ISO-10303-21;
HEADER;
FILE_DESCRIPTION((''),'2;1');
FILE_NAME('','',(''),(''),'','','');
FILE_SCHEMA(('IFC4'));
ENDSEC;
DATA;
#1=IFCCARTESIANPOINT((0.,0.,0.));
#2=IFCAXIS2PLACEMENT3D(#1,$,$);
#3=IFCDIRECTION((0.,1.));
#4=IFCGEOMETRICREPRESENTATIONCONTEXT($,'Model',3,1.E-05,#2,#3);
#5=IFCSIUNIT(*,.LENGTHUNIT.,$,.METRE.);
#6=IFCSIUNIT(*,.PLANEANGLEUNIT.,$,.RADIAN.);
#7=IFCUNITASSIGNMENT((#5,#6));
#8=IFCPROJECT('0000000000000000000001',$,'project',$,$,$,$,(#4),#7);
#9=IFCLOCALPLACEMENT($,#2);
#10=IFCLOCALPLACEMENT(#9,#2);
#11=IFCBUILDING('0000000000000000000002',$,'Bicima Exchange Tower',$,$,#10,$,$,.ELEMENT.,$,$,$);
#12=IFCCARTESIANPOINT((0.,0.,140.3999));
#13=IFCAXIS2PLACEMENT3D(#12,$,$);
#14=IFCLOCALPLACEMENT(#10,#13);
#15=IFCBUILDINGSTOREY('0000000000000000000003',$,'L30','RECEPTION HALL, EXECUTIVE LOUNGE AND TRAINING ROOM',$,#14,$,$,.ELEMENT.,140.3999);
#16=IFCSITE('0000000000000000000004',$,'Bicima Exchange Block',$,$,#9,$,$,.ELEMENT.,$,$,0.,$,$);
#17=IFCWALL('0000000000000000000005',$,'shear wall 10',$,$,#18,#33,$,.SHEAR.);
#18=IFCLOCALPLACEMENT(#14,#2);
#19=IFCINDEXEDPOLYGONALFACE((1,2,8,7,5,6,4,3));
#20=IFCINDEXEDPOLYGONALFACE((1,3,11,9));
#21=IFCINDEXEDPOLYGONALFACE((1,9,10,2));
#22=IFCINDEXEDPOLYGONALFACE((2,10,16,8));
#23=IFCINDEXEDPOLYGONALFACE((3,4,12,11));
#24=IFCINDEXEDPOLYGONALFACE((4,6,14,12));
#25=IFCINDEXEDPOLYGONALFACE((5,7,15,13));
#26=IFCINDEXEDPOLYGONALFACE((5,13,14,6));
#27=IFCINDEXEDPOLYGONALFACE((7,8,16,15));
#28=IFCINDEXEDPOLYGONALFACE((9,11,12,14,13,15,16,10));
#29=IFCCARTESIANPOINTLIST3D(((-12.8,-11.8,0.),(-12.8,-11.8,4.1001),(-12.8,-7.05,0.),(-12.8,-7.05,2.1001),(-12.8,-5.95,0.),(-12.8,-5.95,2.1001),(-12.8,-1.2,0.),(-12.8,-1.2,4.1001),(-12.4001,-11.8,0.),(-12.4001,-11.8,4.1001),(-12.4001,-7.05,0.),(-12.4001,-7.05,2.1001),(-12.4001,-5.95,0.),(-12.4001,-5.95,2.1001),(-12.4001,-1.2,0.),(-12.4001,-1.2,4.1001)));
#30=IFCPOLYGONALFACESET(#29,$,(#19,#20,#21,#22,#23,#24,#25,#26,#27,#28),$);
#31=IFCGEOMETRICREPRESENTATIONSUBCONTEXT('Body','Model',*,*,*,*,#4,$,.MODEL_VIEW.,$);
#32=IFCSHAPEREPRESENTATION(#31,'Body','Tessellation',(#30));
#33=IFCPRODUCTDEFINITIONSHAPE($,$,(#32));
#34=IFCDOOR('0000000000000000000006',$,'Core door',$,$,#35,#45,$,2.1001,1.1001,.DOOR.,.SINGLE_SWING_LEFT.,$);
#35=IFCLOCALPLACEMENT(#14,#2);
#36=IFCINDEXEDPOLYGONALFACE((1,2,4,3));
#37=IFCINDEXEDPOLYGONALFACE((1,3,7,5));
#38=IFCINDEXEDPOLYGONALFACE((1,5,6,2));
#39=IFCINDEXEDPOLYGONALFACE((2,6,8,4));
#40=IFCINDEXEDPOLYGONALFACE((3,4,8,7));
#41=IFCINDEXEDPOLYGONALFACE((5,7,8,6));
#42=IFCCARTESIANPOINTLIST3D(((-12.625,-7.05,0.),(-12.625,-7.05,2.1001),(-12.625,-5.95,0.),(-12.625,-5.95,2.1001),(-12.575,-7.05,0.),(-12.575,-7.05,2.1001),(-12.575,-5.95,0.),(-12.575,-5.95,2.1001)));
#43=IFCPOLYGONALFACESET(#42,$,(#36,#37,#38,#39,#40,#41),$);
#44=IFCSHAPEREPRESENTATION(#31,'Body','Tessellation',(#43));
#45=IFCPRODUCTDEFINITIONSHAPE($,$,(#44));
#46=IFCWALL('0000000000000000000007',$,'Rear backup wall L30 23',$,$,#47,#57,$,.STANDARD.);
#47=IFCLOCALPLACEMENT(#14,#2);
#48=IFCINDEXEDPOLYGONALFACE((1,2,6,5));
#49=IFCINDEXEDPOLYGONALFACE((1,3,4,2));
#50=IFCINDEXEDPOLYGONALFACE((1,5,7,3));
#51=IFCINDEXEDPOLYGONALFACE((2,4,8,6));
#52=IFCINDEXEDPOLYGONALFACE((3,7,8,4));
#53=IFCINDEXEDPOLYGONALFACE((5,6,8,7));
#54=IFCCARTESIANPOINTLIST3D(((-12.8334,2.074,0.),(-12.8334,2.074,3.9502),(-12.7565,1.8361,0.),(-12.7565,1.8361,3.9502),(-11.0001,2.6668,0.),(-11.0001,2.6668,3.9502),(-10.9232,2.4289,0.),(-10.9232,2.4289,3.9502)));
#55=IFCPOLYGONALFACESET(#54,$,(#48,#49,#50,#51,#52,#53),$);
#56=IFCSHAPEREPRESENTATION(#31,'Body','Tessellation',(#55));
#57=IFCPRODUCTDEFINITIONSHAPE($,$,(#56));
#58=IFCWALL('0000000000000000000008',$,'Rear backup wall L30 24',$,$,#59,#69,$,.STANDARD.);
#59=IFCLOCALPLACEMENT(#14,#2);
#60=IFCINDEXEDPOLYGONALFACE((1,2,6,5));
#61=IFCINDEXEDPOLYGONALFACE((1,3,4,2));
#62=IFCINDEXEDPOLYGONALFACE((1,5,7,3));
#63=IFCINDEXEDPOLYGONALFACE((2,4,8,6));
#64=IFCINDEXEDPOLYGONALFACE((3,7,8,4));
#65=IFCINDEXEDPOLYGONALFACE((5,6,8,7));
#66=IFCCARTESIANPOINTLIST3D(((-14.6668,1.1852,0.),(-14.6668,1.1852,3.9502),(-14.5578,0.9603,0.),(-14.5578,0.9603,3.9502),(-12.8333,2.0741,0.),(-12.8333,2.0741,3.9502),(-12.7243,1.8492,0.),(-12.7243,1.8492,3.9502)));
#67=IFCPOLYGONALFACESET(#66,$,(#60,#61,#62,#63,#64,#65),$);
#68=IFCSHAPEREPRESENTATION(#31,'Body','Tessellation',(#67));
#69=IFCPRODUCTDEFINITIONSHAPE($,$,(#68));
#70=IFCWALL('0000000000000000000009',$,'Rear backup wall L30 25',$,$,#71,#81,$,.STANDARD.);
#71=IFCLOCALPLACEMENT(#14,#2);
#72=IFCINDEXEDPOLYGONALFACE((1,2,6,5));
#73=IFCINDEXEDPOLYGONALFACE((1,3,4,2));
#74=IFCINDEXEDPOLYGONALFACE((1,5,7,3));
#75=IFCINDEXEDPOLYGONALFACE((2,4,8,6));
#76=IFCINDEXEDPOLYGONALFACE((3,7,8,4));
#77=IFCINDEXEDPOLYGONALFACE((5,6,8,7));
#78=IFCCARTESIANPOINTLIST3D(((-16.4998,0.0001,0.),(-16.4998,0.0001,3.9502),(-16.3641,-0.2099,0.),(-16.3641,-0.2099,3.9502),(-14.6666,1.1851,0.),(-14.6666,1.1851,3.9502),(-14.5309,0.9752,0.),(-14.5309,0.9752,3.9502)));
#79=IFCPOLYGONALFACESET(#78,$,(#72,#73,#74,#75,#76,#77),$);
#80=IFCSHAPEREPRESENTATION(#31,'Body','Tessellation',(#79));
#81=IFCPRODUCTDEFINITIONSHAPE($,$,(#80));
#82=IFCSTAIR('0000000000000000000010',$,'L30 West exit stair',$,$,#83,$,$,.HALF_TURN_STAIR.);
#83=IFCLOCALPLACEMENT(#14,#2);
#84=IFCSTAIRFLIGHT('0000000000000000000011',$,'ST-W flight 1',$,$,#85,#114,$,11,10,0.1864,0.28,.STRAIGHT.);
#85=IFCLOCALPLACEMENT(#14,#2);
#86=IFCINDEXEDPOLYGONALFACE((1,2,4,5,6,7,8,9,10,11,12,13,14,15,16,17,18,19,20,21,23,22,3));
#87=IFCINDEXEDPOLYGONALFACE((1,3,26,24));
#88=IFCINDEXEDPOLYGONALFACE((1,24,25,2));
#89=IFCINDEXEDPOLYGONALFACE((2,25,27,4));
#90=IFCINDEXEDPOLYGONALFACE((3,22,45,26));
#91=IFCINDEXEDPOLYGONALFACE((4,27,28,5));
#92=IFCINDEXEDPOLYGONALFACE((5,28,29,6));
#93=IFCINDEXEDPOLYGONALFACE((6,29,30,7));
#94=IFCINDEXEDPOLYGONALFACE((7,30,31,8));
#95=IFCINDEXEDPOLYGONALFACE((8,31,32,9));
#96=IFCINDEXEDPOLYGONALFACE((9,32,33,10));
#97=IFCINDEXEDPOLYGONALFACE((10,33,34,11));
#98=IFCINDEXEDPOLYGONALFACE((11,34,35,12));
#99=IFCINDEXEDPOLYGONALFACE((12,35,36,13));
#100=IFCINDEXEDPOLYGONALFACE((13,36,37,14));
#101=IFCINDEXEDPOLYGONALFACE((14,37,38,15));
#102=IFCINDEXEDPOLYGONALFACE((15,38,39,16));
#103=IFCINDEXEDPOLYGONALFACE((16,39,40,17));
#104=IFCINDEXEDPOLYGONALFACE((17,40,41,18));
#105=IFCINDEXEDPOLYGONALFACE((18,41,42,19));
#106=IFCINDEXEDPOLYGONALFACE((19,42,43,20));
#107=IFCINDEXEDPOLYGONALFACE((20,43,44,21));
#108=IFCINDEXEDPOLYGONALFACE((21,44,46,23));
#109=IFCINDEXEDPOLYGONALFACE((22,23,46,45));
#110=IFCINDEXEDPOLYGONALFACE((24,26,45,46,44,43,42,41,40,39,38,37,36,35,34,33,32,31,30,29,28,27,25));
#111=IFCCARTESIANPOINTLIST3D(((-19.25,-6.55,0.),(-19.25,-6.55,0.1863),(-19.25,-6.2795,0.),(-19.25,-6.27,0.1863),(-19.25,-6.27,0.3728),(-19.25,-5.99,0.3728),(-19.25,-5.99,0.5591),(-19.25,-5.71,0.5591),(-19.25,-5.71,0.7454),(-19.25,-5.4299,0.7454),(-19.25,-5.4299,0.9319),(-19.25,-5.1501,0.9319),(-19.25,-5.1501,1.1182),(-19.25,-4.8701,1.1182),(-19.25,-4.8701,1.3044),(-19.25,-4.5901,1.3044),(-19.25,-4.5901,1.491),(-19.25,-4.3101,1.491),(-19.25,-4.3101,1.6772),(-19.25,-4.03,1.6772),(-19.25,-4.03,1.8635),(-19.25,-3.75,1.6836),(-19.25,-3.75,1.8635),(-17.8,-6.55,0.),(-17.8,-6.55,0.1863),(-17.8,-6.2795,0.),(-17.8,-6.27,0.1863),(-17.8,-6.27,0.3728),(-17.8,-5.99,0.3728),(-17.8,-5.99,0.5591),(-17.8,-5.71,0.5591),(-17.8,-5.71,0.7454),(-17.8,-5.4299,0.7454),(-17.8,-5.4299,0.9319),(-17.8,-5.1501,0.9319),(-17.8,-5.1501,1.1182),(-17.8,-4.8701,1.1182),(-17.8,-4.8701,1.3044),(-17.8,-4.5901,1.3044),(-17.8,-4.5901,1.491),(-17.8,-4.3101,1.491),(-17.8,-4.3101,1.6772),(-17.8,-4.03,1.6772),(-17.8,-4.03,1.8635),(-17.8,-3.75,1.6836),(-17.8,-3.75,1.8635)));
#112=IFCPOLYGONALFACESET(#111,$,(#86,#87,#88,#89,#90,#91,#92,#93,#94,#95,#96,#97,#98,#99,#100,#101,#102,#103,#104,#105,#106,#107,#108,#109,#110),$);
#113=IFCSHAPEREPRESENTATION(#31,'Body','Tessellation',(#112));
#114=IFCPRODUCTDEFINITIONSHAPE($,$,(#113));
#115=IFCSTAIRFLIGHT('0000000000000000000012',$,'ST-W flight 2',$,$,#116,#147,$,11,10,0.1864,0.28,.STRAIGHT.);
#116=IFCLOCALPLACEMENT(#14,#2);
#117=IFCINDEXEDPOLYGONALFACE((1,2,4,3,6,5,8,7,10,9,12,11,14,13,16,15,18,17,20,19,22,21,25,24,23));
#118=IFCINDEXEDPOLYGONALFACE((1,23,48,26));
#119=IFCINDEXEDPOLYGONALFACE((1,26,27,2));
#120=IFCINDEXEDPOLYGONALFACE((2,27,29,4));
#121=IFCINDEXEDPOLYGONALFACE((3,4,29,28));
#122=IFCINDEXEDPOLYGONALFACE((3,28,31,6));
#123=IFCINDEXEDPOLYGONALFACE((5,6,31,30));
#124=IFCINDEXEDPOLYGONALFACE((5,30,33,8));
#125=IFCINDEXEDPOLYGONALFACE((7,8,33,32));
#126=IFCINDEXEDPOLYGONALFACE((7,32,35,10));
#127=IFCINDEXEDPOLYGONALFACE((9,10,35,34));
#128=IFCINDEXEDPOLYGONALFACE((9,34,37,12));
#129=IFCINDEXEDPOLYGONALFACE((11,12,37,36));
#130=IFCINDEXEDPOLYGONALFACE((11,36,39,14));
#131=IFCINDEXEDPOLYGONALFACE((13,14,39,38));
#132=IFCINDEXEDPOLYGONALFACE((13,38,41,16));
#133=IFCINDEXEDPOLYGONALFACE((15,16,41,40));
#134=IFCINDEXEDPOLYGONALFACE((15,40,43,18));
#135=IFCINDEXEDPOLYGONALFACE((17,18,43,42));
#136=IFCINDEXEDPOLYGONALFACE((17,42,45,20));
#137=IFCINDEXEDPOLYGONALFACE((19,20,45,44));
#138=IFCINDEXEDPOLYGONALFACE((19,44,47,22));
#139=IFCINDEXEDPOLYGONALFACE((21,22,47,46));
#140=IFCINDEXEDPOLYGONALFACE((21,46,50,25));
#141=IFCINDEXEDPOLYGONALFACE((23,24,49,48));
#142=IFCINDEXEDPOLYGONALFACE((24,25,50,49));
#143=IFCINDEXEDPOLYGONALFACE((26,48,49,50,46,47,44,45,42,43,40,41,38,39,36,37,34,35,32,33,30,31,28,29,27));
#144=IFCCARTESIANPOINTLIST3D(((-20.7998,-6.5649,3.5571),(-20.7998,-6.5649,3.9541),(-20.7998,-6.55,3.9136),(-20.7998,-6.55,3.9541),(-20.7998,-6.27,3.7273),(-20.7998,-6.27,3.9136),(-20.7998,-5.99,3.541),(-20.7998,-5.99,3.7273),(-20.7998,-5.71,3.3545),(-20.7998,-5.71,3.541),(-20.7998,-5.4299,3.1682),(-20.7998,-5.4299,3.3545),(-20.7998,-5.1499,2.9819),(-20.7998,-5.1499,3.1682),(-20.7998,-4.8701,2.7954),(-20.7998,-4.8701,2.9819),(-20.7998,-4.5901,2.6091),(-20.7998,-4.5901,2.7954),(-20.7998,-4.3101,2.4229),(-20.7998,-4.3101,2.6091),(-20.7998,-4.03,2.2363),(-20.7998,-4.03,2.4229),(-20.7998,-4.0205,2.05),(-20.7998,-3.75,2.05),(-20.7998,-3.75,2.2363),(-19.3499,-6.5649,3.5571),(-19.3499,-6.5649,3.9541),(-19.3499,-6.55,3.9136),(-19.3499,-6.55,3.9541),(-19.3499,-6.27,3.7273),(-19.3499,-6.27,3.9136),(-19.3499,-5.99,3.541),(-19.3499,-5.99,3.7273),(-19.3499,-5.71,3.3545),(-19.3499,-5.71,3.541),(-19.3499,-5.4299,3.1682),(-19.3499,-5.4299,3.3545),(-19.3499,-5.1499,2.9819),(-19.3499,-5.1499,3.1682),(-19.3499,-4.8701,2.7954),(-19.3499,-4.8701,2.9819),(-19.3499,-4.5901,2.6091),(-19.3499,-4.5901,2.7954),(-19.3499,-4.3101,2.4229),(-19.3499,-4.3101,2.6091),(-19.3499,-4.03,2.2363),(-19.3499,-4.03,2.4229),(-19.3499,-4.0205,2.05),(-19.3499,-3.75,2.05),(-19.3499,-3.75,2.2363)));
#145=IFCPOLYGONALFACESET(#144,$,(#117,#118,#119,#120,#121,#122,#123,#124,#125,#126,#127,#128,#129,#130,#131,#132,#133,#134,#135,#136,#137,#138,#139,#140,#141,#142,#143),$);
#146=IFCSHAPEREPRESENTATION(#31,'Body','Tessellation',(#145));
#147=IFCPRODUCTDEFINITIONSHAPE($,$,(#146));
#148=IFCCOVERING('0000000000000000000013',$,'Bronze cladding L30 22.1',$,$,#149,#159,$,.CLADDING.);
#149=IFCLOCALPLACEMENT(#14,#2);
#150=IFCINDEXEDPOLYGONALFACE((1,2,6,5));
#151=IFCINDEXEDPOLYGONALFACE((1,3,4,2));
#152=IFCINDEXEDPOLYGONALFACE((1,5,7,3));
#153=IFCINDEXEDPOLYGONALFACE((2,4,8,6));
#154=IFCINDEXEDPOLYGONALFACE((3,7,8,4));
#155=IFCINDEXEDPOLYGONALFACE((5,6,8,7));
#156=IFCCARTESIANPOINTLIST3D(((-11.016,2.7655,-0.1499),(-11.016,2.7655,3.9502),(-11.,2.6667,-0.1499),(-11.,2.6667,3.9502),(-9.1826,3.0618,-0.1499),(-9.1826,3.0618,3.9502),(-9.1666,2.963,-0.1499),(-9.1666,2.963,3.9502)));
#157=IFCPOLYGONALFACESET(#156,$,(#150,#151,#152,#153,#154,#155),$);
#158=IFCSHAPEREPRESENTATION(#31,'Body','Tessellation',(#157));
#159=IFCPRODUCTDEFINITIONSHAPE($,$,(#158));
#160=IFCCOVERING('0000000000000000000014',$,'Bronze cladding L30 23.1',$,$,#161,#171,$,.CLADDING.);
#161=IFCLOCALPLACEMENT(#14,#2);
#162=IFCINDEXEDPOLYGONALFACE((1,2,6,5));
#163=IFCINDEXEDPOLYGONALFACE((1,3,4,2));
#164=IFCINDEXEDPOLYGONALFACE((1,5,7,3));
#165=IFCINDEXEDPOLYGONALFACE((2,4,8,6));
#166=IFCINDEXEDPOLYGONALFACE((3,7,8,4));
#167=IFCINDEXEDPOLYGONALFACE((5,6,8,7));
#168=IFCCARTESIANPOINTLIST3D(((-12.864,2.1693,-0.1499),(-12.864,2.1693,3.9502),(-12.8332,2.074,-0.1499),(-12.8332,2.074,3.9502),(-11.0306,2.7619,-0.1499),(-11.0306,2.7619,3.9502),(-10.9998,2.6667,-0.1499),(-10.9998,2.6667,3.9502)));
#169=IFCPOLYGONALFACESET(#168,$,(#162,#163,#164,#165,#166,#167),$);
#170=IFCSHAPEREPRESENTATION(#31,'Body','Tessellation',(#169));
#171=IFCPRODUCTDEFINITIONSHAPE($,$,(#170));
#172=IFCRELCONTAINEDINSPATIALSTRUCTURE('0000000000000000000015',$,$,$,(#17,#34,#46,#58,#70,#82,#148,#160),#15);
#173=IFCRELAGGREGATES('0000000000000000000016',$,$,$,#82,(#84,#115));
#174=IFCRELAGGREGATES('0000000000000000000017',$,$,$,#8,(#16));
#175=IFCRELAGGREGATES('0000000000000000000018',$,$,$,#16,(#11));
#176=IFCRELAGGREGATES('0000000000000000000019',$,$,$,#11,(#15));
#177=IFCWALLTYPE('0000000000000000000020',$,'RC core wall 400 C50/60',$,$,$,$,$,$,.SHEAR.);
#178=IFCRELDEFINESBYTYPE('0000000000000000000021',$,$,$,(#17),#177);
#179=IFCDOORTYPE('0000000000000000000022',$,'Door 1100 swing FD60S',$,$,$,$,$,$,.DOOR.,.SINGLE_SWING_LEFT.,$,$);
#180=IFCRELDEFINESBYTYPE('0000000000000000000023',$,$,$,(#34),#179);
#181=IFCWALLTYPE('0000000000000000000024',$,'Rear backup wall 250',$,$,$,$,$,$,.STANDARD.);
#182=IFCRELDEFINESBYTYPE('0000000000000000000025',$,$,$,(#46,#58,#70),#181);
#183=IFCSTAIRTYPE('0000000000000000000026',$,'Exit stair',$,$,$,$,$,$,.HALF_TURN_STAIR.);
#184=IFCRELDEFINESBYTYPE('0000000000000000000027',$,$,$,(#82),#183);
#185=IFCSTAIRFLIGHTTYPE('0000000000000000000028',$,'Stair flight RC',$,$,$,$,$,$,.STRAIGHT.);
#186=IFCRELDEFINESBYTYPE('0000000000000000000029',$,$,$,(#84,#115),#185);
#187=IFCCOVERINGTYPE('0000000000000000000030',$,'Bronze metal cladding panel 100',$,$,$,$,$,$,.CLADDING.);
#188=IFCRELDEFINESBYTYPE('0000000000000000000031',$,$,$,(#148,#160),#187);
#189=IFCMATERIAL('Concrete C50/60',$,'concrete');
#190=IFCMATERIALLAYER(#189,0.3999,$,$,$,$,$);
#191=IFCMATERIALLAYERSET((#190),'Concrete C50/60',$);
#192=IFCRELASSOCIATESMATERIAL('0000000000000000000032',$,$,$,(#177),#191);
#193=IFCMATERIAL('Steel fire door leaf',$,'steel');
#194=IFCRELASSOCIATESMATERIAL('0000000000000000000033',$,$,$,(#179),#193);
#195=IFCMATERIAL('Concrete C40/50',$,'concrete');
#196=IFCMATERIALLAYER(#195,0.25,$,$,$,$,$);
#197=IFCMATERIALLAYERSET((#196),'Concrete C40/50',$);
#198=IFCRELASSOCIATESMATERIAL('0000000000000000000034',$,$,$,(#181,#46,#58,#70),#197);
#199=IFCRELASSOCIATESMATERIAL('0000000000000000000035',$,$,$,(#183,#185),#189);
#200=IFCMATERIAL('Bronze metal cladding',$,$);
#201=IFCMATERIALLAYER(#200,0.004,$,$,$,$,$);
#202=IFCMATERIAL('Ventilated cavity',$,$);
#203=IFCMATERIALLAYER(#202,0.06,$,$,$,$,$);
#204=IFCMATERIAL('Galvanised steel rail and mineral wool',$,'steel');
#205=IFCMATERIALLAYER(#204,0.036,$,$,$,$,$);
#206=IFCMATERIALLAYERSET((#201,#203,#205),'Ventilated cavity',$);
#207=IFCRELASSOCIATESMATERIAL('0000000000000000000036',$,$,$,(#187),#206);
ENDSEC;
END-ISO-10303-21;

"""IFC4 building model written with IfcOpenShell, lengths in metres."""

from ifc_helpers import new_model, si_unit, direction, frame, frame_2d, origin, origin_2d, place, context, subcontext, project, spatial, polyline, rectangle, outline, extrude, material, layer, layer_set, layer_usage, type_object, element, fill, aggregate, save


model = new_model("IFC4")

# Units and contexts
model_context = context("Model", 3, precision=1e-05, world=origin(), true_north=direction((0.0, 1.0)))
body_context = subcontext(model_context, "Body", "Model", "MODEL_VIEW")
ifc_project = project(units=[si_unit("LENGTHUNIT", "METRE"), si_unit("PLANEANGLEUNIT", "RADIAN")], contexts=[model_context])

# Site, building, storey
site_placement = place(None, origin())
site = spatial("IfcSite", under=ifc_project, at=site_placement, Name="Bicima Exchange Block", CompositionType="ELEMENT", RefElevation=0.0)
building_placement = place(site_placement, origin())
building = spatial("IfcBuilding", under=site, at=building_placement, Name="Bicima Exchange Tower", CompositionType="ELEMENT")
storey_placement = place(building_placement, frame((0.0, 0.0, 140.3999)))
storey = spatial("IfcBuildingStorey", under=building, at=storey_placement, Name="L30", Description="RECEPTION HALL, EXECUTIVE LOUNGE AND TRAINING ROOM", CompositionType="ELEMENT", Elevation=140.3999)

# Shared definitions
ifc_material_1 = material(Name="Concrete C50/60", Category="concrete")
ifc_layer_1 = layer(ifc_material_1, 0.3999)
ifc_layer_set_1 = layer_set([ifc_layer_1], Name="Concrete C50/60")
wall_type_1 = type_object("IfcWallType", Name="RC core wall 400 C50/60", PredefinedType="SHEAR", material=ifc_layer_set_1)

# Wall, opening, door
wall_1_placement = place(storey_placement, frame((-12.6001, -11.8, 0.0), z_axis=(0.0, 0.0, 1.0), x_axis=(0.0, 1.0, 0.0)))
wall_1 = element("IfcWall", 1, at=wall_1_placement, inside=storey, type_object=wall_type_1, Name="shear wall 10", PredefinedType="SHEAR", context=body_context, shape_type="SweptSolid", body=[
    extrude(rectangle(XDim=10.6001, YDim=0.3999, at=frame_2d((5.3, 0.0))), origin(), (0.0, 0.0, 1.0), 4.1001),
])
opening_1_placement = place(wall_1_placement, frame((4.75, 0.0, 0.0)))
opening_1 = element("IfcOpeningElement", 2, at=opening_1_placement, cuts=wall_1, PredefinedType="OPENING", context=body_context, shape_type="SweptSolid", body=[
    extrude(rectangle(XDim=1.1001, YDim=2.1001, at=frame_2d((0.55, 1.05))), frame((0.0, 0.2119, 0.0), z_axis=(0.0, -1.0, 0.0), x_axis=(1.0, 0.0, 0.0)), (0.0, 0.0, 1.0), 0.4238),
])
ifc_material_2 = material(Name="Steel fire door leaf", Category="steel")
door_type_1 = type_object("IfcDoorType", Name="Door 1100 swing FD60S", OperationType="SINGLE_SWING_LEFT", PredefinedType="DOOR", material=ifc_material_2)
door_1_placement = place(opening_1_placement, origin())
door_1 = element("IfcDoor", 3, at=door_1_placement, inside=storey, type_object=door_type_1, Name="Core door", OperationType="SINGLE_SWING_LEFT", OverallHeight=2.1001, OverallWidth=1.1001, PredefinedType="DOOR", context=body_context, shape_type="SweptSolid", body=[
    extrude(rectangle(XDim=1.1001, YDim=2.1001, at=frame_2d((0.55, 1.05))), frame((0.0, 0.0249, 0.0), z_axis=(0.0, -1.0, 0.0), x_axis=(1.0, 0.0, 0.0)), (0.0, 0.0, 1.0), 0.05),
])
fill(opening_1, door_1)

# Walls
ifc_material_3 = material(Name="Concrete C40/50", Category="concrete")
ifc_layer_2 = layer(ifc_material_3, 0.25)
ifc_layer_set_2 = layer_set([ifc_layer_2], Name="Concrete C40/50")
ifc_layer_usage = layer_usage(ifc_layer_set_2, "AXIS2", "POSITIVE", -0.125)
wall_type_2 = type_object("IfcWallType", Name="Rear backup wall 250", PredefinedType="STANDARD", material=ifc_layer_set_2)
wall_2_placement = place(storey_placement, frame((-10.9617, 2.5479, 0.0), z_axis=(0.0, 0.0, 1.0), x_axis=(-0.951496, -0.307662, 0.0)))
element("IfcWall", 4, at=wall_2_placement, inside=storey, type_object=wall_type_2, material=ifc_layer_usage, Name="Rear backup wall L30 23", PredefinedType="STANDARD", context=body_context, shape_type="SweptSolid", body=[
    extrude(rectangle(XDim=1.9268, YDim=0.25, at=frame_2d((0.9634, 0.0))), origin(), (0.0, 0.0, 1.0), 3.9502),
])
wall_3_placement = place(storey_placement, frame((-12.7788, 1.9617, 0.0), z_axis=(0.0, 0.0, 1.0), x_axis=(-0.899824, -0.436253, 0.0)))
element("IfcWall", 5, at=wall_3_placement, inside=storey, type_object=wall_type_2, material=ifc_layer_usage, Name="Rear backup wall L30 24", PredefinedType="STANDARD", context=body_context, shape_type="SweptSolid", body=[
    extrude(rectangle(XDim=2.0376, YDim=0.25, at=frame_2d((1.0188, 0.0))), origin(), (0.0, 0.0, 1.0), 3.9502),
])
wall_4_placement = place(storey_placement, frame((-14.5989, 1.0801, 0.0), z_axis=(0.0, 0.0, 1.0), x_axis=(-0.839813, -0.542876, 0.0)))
element("IfcWall", 6, at=wall_4_placement, inside=storey, type_object=wall_type_2, material=ifc_layer_usage, Name="Rear backup wall L30 25", PredefinedType="STANDARD", context=body_context, shape_type="SweptSolid", body=[
    extrude(rectangle(XDim=2.1829, YDim=0.25, at=frame_2d((1.0913, 0.0))), origin(), (0.0, 0.0, 1.0), 3.9502),
])

# Stair, stair flights
stair_type = type_object("IfcStairType", Name="Exit stair", PredefinedType="HALF_TURN_STAIR", material=ifc_material_1)
stair_placement = place(storey_placement, origin())
stair = element("IfcStair", 7, at=stair_placement, inside=storey, type_object=stair_type, Name="L30 West exit stair", PredefinedType="HALF_TURN_STAIR")
stair_flight_type = type_object("IfcStairFlightType", Name="Stair flight RC", PredefinedType="STRAIGHT", material=ifc_material_1)
stair_flight_1_placement = place(storey_placement, frame((-18.5249, -6.55, 0.0), z_axis=(0.0, 0.0, 1.0), x_axis=(0.0, 1.0, 0.0)))
stair_flight_1 = element("IfcStairFlight", 8, at=stair_flight_1_placement, type_object=stair_flight_type, Name="ST-W flight 1", NumberOfRisers=11, NumberOfTreads=10, PredefinedType="STRAIGHT", RiserHeight=0.1864, TreadLength=0.28, context=body_context, shape_type="SweptSolid", body=[
    extrude(outline(polyline([(0.0, 0.0), (0.0, 0.1863), (0.28, 0.1863), (0.28, 0.3728), (0.5601, 0.3728), (0.5601, 0.5591), (0.8401, 0.5591), (0.8401, 0.7454), (1.1201, 0.7454), (1.1201, 0.9319), (1.3999, 0.9319), (1.3999, 1.1182), (1.6799, 1.1182), (1.6799, 1.3044), (1.96, 1.3044), (1.96, 1.491), (2.24, 1.491), (2.24, 1.6772), (2.52, 1.6772), (2.52, 1.8635), (2.8, 1.8635), (2.8, 2.05), (2.8, 1.6836), (0.2705, 0.0), (0.0, 0.0)])), frame((0.0, 0.7251, 0.0), z_axis=(0.0, -1.0, 0.0), x_axis=(1.0, 0.0, 0.0)), (0.0, 0.0, 1.0), 1.45),
])
stair_flight_2_placement = place(storey_placement, frame((-20.075, -3.75, 2.05), z_axis=(0.0, 0.0, 1.0), x_axis=(0.0, -1.0, 0.0)))
stair_flight_2 = element("IfcStairFlight", 9, at=stair_flight_2_placement, type_object=stair_flight_type, Name="ST-W flight 2", NumberOfRisers=11, NumberOfTreads=10, PredefinedType="STRAIGHT", RiserHeight=0.1864, TreadLength=0.28, context=body_context, shape_type="SweptSolid", body=[
    extrude(outline(polyline([(0.0, 0.0), (0.0, 0.1863), (0.28, 0.1863), (0.28, 0.3728), (0.5601, 0.3728), (0.5601, 0.5591), (0.8401, 0.5591), (0.8401, 0.7454), (1.1201, 0.7454), (1.1201, 0.9319), (1.3999, 0.9319), (1.3999, 1.1182), (1.6799, 1.1182), (1.6799, 1.3044), (1.96, 1.3044), (1.96, 1.491), (2.24, 1.491), (2.24, 1.6772), (2.52, 1.6772), (2.52, 1.8635), (2.8, 1.8635), (2.8, 1.9041), (2.8149, 1.9041), (2.8149, 1.5071), (0.2705, 0.0), (0.0, 0.0)])), frame((0.0, 0.7251, 0.0), z_axis=(0.0, -1.0, 0.0), x_axis=(1.0, 0.0, 0.0)), (0.0, 0.0, 1.0), 1.45),
])
aggregate(stair, [stair_flight_1, stair_flight_2])

# Coverings
ifc_material_4 = material(Name="Bronze metal cladding")
ifc_layer_3 = layer(ifc_material_4, 0.004)
ifc_material_5 = material(Name="Ventilated cavity")
ifc_layer_4 = layer(ifc_material_5, 0.06)
ifc_material_6 = material(Name="Galvanised steel rail and mineral wool", Category="steel")
ifc_layer_5 = layer(ifc_material_6, 0.036)
ifc_layer_set_3 = layer_set([ifc_layer_3, ifc_layer_4, ifc_layer_5], Name="Ventilated cavity")
covering_type = type_object("IfcCoveringType", Name="Bronze metal cladding panel 100", PredefinedType="CLADDING", material=ifc_layer_set_3)
covering_1_placement = place(storey_placement, frame((-10.0913, 2.8643, -0.1499), z_axis=(0.0, 0.0, 1.0), x_axis=(-0.98719, -0.15955, 0.0)))
element("IfcCovering", 10, at=covering_1_placement, inside=storey, type_object=covering_type, Name="Bronze cladding L30 22.1", PredefinedType="CLADDING", context=body_context, shape_type="SweptSolid", body=[
    extrude(rectangle(XDim=1.8572, YDim=0.1001, at=origin_2d()), origin(), (0.0, 0.0, 1.0), 4.1001),
])
covering_2_placement = place(storey_placement, frame((-11.9319, 2.418, -0.1499), z_axis=(0.0, 0.0, 1.0), x_axis=(-0.951525, -0.307573, 0.0)))
element("IfcCovering", 11, at=covering_2_placement, inside=storey, type_object=covering_type, Name="Bronze cladding L30 23.1", PredefinedType="CLADDING", context=body_context, shape_type="SweptSolid", body=[
    extrude(rectangle(XDim=1.9268, YDim=0.1001, at=origin_2d()), origin(), (0.0, 0.0, 1.0), 4.1001),
])

save(model, "model.ifc")
